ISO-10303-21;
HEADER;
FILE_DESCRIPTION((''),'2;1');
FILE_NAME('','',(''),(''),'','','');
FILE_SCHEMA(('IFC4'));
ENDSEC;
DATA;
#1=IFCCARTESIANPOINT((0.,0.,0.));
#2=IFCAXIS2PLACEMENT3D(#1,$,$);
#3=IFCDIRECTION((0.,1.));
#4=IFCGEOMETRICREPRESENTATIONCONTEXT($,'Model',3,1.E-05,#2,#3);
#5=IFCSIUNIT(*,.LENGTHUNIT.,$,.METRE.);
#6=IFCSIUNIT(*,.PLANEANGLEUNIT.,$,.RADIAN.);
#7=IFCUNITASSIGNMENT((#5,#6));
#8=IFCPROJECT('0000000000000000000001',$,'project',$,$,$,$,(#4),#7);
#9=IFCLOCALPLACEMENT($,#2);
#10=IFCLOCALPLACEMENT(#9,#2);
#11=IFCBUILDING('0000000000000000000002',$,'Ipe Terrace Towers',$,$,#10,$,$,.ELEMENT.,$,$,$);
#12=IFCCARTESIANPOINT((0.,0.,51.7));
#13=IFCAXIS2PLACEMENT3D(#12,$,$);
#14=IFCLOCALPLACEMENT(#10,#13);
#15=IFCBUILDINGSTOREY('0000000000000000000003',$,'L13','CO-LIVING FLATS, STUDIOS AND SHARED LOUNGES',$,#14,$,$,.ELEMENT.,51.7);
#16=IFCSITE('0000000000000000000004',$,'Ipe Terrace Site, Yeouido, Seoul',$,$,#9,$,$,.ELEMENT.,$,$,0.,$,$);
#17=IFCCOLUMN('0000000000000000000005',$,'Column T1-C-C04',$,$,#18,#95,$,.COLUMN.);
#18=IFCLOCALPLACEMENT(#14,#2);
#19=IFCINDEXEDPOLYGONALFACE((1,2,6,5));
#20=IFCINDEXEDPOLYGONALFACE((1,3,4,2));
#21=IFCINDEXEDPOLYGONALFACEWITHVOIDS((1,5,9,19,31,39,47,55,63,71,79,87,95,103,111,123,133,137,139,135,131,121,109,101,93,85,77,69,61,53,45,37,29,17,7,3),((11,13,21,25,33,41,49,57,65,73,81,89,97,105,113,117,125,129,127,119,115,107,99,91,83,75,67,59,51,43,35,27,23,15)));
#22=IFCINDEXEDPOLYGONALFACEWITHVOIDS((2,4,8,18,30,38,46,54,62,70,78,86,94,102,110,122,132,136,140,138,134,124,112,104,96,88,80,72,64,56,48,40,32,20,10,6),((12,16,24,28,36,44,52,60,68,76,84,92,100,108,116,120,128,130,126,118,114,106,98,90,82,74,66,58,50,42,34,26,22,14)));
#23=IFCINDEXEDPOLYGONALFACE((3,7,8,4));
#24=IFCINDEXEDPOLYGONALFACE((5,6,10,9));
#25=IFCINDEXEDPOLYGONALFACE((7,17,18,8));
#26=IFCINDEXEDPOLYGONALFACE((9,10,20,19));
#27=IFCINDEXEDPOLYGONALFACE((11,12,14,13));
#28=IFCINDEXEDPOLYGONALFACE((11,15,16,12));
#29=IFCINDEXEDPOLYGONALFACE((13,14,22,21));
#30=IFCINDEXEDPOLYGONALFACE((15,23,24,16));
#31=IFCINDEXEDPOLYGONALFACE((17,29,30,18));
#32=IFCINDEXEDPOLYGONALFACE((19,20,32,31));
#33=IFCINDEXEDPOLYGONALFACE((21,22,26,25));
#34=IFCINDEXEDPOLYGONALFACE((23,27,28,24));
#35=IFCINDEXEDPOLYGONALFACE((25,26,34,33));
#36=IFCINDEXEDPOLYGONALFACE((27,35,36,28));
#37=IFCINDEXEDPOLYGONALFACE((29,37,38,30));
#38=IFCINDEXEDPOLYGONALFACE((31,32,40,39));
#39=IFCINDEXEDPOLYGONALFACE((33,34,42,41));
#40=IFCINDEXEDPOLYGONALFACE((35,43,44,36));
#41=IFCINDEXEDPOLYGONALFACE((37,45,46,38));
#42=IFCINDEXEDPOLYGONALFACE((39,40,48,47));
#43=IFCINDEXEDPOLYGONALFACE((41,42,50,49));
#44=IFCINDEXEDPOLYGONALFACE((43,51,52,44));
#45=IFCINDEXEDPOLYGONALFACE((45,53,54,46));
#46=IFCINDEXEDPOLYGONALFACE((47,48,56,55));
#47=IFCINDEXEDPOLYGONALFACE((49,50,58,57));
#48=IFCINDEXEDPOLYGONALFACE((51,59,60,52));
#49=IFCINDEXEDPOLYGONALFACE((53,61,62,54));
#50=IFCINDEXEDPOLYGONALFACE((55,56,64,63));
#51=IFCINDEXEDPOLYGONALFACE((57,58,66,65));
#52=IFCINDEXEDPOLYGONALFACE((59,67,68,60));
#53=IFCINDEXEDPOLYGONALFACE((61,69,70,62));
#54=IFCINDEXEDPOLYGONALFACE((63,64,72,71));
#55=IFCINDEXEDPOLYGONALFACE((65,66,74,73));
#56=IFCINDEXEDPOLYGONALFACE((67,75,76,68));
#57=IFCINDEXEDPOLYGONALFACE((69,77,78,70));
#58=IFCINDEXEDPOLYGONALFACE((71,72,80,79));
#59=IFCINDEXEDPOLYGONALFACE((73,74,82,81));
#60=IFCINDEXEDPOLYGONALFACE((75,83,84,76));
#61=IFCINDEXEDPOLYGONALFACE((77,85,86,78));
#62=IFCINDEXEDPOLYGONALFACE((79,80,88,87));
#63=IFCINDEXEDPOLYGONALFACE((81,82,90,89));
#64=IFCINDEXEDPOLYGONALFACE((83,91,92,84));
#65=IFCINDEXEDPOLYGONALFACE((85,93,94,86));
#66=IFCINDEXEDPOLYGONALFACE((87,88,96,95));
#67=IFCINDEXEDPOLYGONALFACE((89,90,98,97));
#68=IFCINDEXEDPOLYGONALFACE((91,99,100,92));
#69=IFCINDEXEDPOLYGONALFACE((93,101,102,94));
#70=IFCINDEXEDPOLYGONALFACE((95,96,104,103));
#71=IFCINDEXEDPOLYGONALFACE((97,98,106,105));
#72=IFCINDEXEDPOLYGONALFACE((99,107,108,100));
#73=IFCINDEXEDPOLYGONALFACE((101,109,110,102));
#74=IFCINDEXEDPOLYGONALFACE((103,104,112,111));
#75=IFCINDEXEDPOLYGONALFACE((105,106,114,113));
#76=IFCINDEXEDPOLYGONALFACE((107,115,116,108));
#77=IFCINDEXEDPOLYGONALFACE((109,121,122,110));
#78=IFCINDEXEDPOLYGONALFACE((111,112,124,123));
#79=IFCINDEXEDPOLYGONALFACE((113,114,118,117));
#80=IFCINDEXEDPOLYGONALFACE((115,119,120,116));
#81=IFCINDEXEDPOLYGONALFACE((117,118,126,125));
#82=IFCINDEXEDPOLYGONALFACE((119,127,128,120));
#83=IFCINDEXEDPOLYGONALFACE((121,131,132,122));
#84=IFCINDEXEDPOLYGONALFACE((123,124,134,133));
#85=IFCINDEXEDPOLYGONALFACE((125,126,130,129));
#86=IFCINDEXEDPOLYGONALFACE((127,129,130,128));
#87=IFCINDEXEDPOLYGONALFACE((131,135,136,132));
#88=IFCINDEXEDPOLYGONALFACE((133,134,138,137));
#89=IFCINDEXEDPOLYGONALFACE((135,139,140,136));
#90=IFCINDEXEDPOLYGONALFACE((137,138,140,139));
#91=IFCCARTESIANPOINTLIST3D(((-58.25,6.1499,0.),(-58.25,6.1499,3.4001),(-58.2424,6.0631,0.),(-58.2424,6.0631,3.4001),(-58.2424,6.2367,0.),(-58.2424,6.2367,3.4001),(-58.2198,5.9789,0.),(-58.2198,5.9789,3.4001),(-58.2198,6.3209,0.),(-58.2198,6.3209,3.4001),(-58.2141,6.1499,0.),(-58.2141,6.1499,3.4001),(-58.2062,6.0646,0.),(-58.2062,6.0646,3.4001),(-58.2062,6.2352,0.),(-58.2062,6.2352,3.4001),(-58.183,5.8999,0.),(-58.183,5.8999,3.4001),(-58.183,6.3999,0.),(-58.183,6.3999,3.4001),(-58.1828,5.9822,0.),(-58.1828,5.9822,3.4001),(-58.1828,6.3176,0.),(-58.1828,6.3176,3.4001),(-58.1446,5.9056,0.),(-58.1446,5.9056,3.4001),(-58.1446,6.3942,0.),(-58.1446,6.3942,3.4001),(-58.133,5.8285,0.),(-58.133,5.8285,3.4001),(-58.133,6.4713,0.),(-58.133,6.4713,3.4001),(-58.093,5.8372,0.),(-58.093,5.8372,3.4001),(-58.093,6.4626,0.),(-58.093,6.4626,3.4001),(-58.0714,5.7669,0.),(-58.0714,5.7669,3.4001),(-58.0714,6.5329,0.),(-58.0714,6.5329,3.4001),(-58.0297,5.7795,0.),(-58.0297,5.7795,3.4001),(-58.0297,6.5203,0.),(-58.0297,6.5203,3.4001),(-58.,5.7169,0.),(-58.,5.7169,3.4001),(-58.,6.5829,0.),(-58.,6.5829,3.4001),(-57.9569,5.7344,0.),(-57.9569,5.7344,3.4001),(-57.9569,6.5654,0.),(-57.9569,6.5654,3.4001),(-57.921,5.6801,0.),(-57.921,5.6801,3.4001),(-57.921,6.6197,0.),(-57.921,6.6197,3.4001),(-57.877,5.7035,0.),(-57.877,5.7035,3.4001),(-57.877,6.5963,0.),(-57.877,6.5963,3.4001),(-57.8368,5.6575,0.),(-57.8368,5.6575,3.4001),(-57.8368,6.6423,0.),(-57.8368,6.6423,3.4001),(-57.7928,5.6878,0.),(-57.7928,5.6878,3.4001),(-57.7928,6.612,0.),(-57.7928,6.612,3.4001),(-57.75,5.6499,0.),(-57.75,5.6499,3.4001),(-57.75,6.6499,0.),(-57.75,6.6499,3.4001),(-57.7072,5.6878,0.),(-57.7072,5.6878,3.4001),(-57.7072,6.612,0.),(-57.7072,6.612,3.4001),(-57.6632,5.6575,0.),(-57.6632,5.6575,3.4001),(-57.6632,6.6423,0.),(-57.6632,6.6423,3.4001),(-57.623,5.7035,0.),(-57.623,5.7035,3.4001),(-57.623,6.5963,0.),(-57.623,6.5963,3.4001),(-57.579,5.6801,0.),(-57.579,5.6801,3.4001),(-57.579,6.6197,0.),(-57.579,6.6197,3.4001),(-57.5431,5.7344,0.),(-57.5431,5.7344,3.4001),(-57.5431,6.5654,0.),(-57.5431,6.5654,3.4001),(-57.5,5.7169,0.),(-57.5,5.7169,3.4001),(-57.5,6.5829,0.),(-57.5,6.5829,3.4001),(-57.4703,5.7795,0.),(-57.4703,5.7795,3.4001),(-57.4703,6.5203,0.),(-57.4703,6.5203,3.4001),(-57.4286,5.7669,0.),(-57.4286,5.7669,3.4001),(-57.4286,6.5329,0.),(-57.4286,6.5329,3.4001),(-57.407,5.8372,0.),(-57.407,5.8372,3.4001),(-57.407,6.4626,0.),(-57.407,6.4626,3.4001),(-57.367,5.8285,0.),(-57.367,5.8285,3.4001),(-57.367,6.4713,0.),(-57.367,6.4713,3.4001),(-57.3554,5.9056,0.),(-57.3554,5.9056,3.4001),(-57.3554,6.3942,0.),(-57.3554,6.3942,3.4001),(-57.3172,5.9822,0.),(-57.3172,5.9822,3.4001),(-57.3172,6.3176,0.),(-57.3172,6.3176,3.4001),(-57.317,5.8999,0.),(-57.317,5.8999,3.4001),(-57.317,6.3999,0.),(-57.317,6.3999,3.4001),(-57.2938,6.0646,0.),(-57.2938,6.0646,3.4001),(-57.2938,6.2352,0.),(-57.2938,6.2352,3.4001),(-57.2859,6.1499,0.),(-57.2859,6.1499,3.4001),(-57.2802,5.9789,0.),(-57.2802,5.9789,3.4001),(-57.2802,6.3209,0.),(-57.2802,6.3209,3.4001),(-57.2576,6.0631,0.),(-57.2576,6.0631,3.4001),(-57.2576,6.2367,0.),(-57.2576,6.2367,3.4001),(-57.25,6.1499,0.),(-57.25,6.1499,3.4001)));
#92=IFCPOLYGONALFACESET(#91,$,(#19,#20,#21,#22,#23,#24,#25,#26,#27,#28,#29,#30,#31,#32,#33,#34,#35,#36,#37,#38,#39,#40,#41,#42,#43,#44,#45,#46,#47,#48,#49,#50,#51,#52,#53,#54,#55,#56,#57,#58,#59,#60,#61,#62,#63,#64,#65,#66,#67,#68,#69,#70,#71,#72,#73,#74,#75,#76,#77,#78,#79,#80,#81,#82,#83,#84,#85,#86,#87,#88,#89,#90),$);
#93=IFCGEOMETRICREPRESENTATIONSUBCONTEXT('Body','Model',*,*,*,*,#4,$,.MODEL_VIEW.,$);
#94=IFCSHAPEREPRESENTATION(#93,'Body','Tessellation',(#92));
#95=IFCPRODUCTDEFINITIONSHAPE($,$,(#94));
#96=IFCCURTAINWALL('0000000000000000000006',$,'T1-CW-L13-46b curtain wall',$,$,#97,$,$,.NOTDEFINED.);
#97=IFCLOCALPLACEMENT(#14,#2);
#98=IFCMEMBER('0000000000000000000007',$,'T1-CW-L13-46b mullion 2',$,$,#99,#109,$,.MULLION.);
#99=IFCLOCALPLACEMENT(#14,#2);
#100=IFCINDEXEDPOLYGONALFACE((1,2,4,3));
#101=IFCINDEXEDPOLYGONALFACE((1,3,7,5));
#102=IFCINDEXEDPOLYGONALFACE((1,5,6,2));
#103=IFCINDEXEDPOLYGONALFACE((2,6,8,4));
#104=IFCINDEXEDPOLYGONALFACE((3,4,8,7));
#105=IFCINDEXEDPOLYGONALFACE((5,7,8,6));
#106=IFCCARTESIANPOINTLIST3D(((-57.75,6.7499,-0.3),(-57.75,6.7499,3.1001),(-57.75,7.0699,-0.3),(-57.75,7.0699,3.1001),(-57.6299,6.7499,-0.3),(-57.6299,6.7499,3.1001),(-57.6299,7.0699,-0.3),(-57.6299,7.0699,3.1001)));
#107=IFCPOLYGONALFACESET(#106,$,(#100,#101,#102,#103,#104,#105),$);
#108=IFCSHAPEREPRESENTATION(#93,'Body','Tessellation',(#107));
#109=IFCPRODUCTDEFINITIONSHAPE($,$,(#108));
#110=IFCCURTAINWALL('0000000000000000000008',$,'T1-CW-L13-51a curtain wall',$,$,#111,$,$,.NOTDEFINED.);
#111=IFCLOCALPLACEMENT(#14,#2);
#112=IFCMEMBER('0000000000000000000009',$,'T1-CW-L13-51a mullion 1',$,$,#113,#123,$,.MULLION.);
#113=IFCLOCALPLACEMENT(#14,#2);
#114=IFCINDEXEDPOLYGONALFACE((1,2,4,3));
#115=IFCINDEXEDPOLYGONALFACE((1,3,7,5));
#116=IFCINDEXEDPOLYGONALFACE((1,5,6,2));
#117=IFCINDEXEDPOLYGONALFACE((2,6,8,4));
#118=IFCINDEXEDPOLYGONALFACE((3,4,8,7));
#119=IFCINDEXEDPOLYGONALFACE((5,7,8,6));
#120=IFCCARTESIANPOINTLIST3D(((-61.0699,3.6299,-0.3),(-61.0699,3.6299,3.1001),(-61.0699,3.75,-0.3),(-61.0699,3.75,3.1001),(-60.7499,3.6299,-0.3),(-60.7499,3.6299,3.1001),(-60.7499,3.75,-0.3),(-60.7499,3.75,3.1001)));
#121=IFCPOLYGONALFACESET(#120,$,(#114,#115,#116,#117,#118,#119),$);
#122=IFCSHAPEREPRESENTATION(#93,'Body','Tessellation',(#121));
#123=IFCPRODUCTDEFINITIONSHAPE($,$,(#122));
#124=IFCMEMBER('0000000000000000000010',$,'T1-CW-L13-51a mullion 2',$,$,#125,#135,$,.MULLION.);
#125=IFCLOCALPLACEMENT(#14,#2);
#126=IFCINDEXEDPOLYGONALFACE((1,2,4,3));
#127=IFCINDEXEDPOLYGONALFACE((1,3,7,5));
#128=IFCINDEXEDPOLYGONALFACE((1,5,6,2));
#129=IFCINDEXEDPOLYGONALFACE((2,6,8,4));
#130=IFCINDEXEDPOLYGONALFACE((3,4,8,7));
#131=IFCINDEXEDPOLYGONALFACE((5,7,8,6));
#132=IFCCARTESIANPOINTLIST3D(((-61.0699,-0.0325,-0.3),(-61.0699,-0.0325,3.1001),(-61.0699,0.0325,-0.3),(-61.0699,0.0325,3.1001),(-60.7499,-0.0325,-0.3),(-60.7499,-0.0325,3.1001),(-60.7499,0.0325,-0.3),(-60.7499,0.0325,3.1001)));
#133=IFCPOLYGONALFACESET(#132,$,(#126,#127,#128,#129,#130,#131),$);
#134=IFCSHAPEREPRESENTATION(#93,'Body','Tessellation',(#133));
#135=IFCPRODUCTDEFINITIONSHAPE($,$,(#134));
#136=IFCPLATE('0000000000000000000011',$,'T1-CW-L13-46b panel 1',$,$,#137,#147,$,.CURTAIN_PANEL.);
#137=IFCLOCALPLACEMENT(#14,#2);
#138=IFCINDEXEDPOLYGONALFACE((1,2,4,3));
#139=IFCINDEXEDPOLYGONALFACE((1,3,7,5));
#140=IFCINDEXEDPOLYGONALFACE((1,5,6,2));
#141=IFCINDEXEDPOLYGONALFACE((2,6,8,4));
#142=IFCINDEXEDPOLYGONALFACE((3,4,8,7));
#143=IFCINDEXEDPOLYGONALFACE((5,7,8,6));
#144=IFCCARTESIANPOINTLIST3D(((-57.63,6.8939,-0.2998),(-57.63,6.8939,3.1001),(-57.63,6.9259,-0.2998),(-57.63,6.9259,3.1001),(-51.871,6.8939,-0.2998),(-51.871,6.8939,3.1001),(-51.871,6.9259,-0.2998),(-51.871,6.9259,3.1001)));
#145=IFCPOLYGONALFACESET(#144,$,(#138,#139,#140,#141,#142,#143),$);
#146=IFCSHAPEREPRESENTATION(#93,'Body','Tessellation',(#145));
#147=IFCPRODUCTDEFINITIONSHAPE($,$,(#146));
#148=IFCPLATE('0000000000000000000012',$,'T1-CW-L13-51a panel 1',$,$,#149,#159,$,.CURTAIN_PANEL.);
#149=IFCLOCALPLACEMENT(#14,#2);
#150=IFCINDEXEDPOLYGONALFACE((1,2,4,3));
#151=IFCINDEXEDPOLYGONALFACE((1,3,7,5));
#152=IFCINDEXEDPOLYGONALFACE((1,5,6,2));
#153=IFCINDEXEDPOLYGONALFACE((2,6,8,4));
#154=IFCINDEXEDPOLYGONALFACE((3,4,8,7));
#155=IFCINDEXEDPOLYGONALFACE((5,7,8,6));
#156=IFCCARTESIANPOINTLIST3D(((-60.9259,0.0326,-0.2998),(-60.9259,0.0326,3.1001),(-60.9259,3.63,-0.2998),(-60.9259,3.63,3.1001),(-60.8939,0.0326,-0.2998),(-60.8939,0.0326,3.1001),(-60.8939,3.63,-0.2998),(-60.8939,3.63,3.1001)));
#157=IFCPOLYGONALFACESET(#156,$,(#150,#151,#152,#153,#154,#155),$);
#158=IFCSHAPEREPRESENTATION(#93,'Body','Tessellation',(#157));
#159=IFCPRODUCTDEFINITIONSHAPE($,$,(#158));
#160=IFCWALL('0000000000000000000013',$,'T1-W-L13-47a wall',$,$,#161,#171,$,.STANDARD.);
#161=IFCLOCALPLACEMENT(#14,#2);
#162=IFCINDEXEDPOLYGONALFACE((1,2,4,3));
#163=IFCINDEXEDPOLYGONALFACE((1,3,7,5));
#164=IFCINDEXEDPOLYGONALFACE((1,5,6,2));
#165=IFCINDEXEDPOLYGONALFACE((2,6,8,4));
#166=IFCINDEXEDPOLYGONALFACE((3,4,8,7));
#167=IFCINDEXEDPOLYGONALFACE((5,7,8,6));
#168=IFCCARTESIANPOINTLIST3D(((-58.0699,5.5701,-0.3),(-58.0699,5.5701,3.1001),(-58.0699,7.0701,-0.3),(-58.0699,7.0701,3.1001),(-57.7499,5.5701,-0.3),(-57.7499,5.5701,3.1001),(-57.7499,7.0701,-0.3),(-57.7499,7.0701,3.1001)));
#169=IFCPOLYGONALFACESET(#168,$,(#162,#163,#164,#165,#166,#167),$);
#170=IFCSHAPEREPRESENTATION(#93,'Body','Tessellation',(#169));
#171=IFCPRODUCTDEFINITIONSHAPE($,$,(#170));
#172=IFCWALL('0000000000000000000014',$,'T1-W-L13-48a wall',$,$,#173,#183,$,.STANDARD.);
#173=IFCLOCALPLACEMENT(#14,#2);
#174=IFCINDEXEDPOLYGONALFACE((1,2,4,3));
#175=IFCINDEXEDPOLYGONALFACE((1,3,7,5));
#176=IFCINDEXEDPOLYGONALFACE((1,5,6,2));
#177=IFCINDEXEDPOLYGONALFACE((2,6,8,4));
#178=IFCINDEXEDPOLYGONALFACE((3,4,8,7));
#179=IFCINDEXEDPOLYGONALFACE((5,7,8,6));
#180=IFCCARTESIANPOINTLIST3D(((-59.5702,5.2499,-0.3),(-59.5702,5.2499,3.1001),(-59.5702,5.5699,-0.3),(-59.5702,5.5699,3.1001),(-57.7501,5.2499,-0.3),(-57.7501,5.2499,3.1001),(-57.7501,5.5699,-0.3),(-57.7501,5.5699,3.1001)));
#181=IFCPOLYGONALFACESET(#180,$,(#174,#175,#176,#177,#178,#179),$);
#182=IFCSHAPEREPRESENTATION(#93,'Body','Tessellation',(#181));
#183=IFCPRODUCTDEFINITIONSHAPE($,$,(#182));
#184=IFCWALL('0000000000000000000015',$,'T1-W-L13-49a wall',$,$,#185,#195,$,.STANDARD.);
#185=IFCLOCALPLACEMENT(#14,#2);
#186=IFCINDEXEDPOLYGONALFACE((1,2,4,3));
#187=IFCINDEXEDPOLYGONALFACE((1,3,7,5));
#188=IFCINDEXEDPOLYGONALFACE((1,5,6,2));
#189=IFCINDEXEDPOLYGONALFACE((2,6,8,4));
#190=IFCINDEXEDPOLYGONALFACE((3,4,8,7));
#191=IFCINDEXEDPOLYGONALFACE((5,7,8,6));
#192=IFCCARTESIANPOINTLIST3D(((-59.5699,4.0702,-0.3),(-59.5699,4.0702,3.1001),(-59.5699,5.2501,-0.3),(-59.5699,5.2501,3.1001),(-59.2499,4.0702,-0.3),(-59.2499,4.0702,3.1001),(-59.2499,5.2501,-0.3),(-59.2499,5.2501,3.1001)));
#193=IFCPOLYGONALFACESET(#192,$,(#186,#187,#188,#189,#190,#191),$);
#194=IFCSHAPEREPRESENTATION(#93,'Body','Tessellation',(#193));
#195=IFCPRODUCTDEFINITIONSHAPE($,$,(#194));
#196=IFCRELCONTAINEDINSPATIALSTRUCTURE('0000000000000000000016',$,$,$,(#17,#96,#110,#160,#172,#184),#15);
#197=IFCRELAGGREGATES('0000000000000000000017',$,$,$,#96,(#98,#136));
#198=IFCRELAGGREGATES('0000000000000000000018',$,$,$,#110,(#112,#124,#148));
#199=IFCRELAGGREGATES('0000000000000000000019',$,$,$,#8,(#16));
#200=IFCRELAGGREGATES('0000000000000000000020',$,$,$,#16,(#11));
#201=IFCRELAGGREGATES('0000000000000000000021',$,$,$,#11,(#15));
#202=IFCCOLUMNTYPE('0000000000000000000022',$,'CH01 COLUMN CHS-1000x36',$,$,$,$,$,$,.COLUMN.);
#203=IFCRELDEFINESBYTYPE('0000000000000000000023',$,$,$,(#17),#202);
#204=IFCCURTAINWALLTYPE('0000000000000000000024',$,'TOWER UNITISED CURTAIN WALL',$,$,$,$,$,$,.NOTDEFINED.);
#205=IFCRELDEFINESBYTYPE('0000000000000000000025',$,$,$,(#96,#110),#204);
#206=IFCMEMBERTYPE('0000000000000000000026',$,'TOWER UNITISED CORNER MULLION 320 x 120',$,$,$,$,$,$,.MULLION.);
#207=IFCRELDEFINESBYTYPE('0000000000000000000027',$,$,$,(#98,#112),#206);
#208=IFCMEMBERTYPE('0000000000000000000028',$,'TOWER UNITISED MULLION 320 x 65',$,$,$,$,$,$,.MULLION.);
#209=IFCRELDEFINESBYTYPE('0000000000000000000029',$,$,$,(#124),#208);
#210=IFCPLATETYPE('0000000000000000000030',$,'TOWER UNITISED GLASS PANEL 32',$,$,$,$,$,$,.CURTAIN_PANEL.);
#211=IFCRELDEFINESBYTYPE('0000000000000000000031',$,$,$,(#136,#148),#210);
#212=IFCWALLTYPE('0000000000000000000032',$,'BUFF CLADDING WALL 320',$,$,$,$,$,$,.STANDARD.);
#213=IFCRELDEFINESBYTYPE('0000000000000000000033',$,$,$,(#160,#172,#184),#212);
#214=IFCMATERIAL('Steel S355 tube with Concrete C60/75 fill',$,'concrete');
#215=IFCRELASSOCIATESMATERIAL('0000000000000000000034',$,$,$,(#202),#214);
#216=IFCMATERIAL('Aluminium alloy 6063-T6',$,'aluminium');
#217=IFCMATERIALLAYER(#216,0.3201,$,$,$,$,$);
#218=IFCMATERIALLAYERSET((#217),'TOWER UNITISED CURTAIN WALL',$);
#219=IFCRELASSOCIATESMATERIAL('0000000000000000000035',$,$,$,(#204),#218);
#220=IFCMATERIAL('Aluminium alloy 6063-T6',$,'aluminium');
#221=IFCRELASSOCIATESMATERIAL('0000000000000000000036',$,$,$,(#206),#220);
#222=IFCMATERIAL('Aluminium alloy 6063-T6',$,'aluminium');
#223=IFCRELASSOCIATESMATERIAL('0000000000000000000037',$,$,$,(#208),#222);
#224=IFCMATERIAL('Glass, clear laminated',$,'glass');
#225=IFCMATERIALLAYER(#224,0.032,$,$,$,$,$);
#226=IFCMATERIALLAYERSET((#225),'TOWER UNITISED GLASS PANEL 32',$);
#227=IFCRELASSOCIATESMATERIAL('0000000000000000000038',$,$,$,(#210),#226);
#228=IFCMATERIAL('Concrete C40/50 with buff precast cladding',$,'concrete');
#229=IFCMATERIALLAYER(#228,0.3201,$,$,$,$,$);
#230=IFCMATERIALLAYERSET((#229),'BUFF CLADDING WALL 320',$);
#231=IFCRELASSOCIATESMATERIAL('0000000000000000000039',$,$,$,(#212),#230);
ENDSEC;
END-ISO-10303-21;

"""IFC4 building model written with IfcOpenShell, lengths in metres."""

from ifc_helpers import new_model, si_unit, direction, frame, frame_2d, origin, origin_2d, place, context, subcontext, project, spatial, rectangle, hollow_circle, extrude, material, layer, layer_set, material_profile, profile_set, type_object, element, aggregate, save


model = new_model("IFC4")

# Units and contexts
model_context = context("Model", 3, precision=1e-05, world=origin(), true_north=direction((0.0, 1.0)))
body_context = subcontext(model_context, "Body", "Model", "MODEL_VIEW")
ifc_project = project(units=[si_unit("LENGTHUNIT", "METRE"), si_unit("PLANEANGLEUNIT", "RADIAN")], contexts=[model_context])

# Site, building, storey
site_placement = place(None, origin())
site = spatial("IfcSite", under=ifc_project, at=site_placement, Name="Ipe Terrace Site, Yeouido, Seoul", CompositionType="ELEMENT", RefElevation=0.0)
building_placement = place(site_placement, origin())
building = spatial("IfcBuilding", under=site, at=building_placement, Name="Ipe Terrace Towers", CompositionType="ELEMENT")
storey_placement = place(building_placement, frame((0.0, 0.0, 51.7)))
storey = spatial("IfcBuildingStorey", under=building, at=storey_placement, Name="L13", Description="CO-LIVING FLATS, STUDIOS AND SHARED LOUNGES", CompositionType="ELEMENT", Elevation=51.7)

# Column
ifc_material_1 = material(Name="Steel S355 tube with Concrete C60/75 fill", Category="concrete")
ifc_material_profile_1 = material_profile(ifc_material_1, hollow_circle(Radius=0.5, WallThickness=0.0359, at=origin_2d()), Name="CHS-1000x36")
ifc_profile_set_1 = profile_set([ifc_material_profile_1], Name="Steel S355 tube with Concrete C60/75 fill")
column_type = type_object("IfcColumnType", Name="CH01 COLUMN CHS-1000x36", PredefinedType="COLUMN", material=ifc_profile_set_1)
column_placement = place(storey_placement, frame((-57.75, 6.1499, 0.0), z_axis=(0.0, 0.0, 1.0), x_axis=(1.0, 0.0, 0.0)))
element("IfcColumn", 1, at=column_placement, inside=storey, type_object=column_type, Name="Column T1-C-C04", PredefinedType="COLUMN", context=body_context, shape_type="SweptSolid", body=[
    extrude(hollow_circle(Radius=0.5, WallThickness=0.0359, at=origin_2d()), origin(), (0.0, 0.0, 1.0), 3.4001),
])

# Curtain wall, member
ifc_material_2 = material(Name="Aluminium alloy 6063-T6", Category="aluminium")
ifc_layer_1 = layer(ifc_material_2, 0.3201)
ifc_layer_set_1 = layer_set([ifc_layer_1], Name="TOWER UNITISED CURTAIN WALL")
curtain_wall_type = type_object("IfcCurtainWallType", Name="TOWER UNITISED CURTAIN WALL", PredefinedType="NOTDEFINED", material=ifc_layer_set_1)
curtain_wall_1_placement = place(storey_placement, origin())
curtain_wall_1 = element("IfcCurtainWall", 2, at=curtain_wall_1_placement, inside=storey, type_object=curtain_wall_type, Name="T1-CW-L13-46b curtain wall", PredefinedType="NOTDEFINED")
ifc_material_3 = material(Name="Aluminium alloy 6063-T6", Category="aluminium")
ifc_material_profile_2 = material_profile(ifc_material_3, rectangle(XDim=0.3201, YDim=0.1201, at=origin_2d()), Name="TOWER UNITISED CORNER MULLION 320 x 120")
ifc_profile_set_2 = profile_set([ifc_material_profile_2], Name="Aluminium alloy 6063-T6")
member_type_1 = type_object("IfcMemberType", Name="TOWER UNITISED CORNER MULLION 320 x 120", PredefinedType="MULLION", material=ifc_profile_set_2)
member_1_placement = place(storey_placement, frame((-57.6899, 6.9099, -0.3), z_axis=(0.0, 0.0, 1.0), x_axis=(0.0, 1.0, 0.0)))
member_1 = element("IfcMember", 3, at=member_1_placement, type_object=member_type_1, Name="T1-CW-L13-46b mullion 2", PredefinedType="MULLION", context=body_context, shape_type="SweptSolid", body=[
    extrude(rectangle(XDim=0.3201, YDim=0.1201, at=origin_2d()), origin(), (0.0, 0.0, 1.0), 3.4001),
])

# Curtain wall, members
curtain_wall_2_placement = place(storey_placement, origin())
curtain_wall_2 = element("IfcCurtainWall", 4, at=curtain_wall_2_placement, inside=storey, type_object=curtain_wall_type, Name="T1-CW-L13-51a curtain wall", PredefinedType="NOTDEFINED")
member_2_placement = place(storey_placement, frame((-60.9099, 3.6899, -0.3), z_axis=(0.0, 0.0, 1.0), x_axis=(-1.0, 0.0, 0.0)))
member_2 = element("IfcMember", 5, at=member_2_placement, type_object=member_type_1, Name="T1-CW-L13-51a mullion 1", PredefinedType="MULLION", context=body_context, shape_type="SweptSolid", body=[
    extrude(rectangle(XDim=0.3201, YDim=0.1201, at=origin_2d()), origin(), (0.0, 0.0, 1.0), 3.4001),
])
ifc_material_4 = material(Name="Aluminium alloy 6063-T6", Category="aluminium")
ifc_material_profile_3 = material_profile(ifc_material_4, rectangle(XDim=0.3201, YDim=0.0649, at=origin_2d()), Name="TOWER UNITISED MULLION 320 x 65")
ifc_profile_set_3 = profile_set([ifc_material_profile_3], Name="Aluminium alloy 6063-T6")
member_type_2 = type_object("IfcMemberType", Name="TOWER UNITISED MULLION 320 x 65", PredefinedType="MULLION", material=ifc_profile_set_3)
member_3_placement = place(storey_placement, frame((-60.9099, 0.0, -0.3), z_axis=(0.0, 0.0, 1.0), x_axis=(-1.0, 0.0, 0.0)))
member_3 = element("IfcMember", 6, at=member_3_placement, type_object=member_type_2, Name="T1-CW-L13-51a mullion 2", PredefinedType="MULLION", context=body_context, shape_type="SweptSolid", body=[
    extrude(rectangle(XDim=0.3201, YDim=0.0649, at=origin_2d()), origin(), (0.0, 0.0, 1.0), 3.4001),
])

# Plates
ifc_material_5 = material(Name="Glass, clear laminated", Category="glass")
ifc_layer_2 = layer(ifc_material_5, 0.032)
ifc_layer_set_2 = layer_set([ifc_layer_2], Name="TOWER UNITISED GLASS PANEL 32")
plate_type = type_object("IfcPlateType", Name="TOWER UNITISED GLASS PANEL 32", PredefinedType="CURTAIN_PANEL", material=ifc_layer_set_2)
plate_1_placement = place(storey_placement, frame((-54.7505, 6.9099, -0.2998), z_axis=(0.0, 0.0, 1.0), x_axis=(-1.0, 0.0, 0.0)))
plate_1 = element("IfcPlate", 7, at=plate_1_placement, type_object=plate_type, Name="T1-CW-L13-46b panel 1", PredefinedType="CURTAIN_PANEL", context=body_context, shape_type="SweptSolid", body=[
    extrude(rectangle(XDim=5.759, YDim=0.032, at=origin_2d()), origin(), (0.0, 0.0, 1.0), 3.3999),
])
aggregate(curtain_wall_1, [member_1, plate_1])
plate_2_placement = place(storey_placement, frame((-60.9099, 1.8313, -0.2998), z_axis=(0.0, 0.0, 1.0), x_axis=(0.0, -1.0, 0.0)))
plate_2 = element("IfcPlate", 8, at=plate_2_placement, type_object=plate_type, Name="T1-CW-L13-51a panel 1", PredefinedType="CURTAIN_PANEL", context=body_context, shape_type="SweptSolid", body=[
    extrude(rectangle(XDim=3.5974, YDim=0.032, at=origin_2d()), origin(), (0.0, 0.0, 1.0), 3.3999),
])
aggregate(curtain_wall_2, [member_2, member_3, plate_2])

# Walls
ifc_material_6 = material(Name="Concrete C40/50 with buff precast cladding", Category="concrete")
ifc_layer_3 = layer(ifc_material_6, 0.3201)
ifc_layer_set_3 = layer_set([ifc_layer_3], Name="BUFF CLADDING WALL 320")
wall_type_1 = type_object("IfcWallType", Name="BUFF CLADDING WALL 320", PredefinedType="STANDARD", material=ifc_layer_set_3)
wall_1_placement = place(storey_placement, frame((-57.9099, 7.0701, -0.3), z_axis=(0.0, 0.0, 1.0), x_axis=(0.0, -1.0, 0.0)))
element("IfcWall", 9, at=wall_1_placement, inside=storey, type_object=wall_type_1, Name="T1-W-L13-47a wall", PredefinedType="STANDARD", context=body_context, shape_type="SweptSolid", body=[
    extrude(rectangle(XDim=1.5, YDim=0.3201, at=frame_2d((0.75, 0.0))), origin(), (0.0, 0.0, 1.0), 3.4001),
])
wall_2_placement = place(storey_placement, frame((-57.75, 5.4099, -0.3), z_axis=(0.0, 0.0, 1.0), x_axis=(-1.0, 0.0, 0.0)))
element("IfcWall", 10, at=wall_2_placement, inside=storey, type_object=wall_type_1, Name="T1-W-L13-48a wall", PredefinedType="STANDARD", context=body_context, shape_type="SweptSolid", body=[
    extrude(rectangle(XDim=1.8201, YDim=0.3201, at=frame_2d((0.9102, 0.0))), origin(), (0.0, 0.0, 1.0), 3.4001),
])
wall_3_placement = place(storey_placement, frame((-59.4099, 5.25, -0.3), z_axis=(0.0, 0.0, 1.0), x_axis=(0.0, -1.0, 0.0)))
element("IfcWall", 11, at=wall_3_placement, inside=storey, type_object=wall_type_1, Name="T1-W-L13-49a wall", PredefinedType="STANDARD", context=body_context, shape_type="SweptSolid", body=[
    extrude(rectangle(XDim=1.1799, YDim=0.3201, at=frame_2d((0.5898, 0.0))), origin(), (0.0, 0.0, 1.0), 3.4001),
])

save(model, "model.ifc")
